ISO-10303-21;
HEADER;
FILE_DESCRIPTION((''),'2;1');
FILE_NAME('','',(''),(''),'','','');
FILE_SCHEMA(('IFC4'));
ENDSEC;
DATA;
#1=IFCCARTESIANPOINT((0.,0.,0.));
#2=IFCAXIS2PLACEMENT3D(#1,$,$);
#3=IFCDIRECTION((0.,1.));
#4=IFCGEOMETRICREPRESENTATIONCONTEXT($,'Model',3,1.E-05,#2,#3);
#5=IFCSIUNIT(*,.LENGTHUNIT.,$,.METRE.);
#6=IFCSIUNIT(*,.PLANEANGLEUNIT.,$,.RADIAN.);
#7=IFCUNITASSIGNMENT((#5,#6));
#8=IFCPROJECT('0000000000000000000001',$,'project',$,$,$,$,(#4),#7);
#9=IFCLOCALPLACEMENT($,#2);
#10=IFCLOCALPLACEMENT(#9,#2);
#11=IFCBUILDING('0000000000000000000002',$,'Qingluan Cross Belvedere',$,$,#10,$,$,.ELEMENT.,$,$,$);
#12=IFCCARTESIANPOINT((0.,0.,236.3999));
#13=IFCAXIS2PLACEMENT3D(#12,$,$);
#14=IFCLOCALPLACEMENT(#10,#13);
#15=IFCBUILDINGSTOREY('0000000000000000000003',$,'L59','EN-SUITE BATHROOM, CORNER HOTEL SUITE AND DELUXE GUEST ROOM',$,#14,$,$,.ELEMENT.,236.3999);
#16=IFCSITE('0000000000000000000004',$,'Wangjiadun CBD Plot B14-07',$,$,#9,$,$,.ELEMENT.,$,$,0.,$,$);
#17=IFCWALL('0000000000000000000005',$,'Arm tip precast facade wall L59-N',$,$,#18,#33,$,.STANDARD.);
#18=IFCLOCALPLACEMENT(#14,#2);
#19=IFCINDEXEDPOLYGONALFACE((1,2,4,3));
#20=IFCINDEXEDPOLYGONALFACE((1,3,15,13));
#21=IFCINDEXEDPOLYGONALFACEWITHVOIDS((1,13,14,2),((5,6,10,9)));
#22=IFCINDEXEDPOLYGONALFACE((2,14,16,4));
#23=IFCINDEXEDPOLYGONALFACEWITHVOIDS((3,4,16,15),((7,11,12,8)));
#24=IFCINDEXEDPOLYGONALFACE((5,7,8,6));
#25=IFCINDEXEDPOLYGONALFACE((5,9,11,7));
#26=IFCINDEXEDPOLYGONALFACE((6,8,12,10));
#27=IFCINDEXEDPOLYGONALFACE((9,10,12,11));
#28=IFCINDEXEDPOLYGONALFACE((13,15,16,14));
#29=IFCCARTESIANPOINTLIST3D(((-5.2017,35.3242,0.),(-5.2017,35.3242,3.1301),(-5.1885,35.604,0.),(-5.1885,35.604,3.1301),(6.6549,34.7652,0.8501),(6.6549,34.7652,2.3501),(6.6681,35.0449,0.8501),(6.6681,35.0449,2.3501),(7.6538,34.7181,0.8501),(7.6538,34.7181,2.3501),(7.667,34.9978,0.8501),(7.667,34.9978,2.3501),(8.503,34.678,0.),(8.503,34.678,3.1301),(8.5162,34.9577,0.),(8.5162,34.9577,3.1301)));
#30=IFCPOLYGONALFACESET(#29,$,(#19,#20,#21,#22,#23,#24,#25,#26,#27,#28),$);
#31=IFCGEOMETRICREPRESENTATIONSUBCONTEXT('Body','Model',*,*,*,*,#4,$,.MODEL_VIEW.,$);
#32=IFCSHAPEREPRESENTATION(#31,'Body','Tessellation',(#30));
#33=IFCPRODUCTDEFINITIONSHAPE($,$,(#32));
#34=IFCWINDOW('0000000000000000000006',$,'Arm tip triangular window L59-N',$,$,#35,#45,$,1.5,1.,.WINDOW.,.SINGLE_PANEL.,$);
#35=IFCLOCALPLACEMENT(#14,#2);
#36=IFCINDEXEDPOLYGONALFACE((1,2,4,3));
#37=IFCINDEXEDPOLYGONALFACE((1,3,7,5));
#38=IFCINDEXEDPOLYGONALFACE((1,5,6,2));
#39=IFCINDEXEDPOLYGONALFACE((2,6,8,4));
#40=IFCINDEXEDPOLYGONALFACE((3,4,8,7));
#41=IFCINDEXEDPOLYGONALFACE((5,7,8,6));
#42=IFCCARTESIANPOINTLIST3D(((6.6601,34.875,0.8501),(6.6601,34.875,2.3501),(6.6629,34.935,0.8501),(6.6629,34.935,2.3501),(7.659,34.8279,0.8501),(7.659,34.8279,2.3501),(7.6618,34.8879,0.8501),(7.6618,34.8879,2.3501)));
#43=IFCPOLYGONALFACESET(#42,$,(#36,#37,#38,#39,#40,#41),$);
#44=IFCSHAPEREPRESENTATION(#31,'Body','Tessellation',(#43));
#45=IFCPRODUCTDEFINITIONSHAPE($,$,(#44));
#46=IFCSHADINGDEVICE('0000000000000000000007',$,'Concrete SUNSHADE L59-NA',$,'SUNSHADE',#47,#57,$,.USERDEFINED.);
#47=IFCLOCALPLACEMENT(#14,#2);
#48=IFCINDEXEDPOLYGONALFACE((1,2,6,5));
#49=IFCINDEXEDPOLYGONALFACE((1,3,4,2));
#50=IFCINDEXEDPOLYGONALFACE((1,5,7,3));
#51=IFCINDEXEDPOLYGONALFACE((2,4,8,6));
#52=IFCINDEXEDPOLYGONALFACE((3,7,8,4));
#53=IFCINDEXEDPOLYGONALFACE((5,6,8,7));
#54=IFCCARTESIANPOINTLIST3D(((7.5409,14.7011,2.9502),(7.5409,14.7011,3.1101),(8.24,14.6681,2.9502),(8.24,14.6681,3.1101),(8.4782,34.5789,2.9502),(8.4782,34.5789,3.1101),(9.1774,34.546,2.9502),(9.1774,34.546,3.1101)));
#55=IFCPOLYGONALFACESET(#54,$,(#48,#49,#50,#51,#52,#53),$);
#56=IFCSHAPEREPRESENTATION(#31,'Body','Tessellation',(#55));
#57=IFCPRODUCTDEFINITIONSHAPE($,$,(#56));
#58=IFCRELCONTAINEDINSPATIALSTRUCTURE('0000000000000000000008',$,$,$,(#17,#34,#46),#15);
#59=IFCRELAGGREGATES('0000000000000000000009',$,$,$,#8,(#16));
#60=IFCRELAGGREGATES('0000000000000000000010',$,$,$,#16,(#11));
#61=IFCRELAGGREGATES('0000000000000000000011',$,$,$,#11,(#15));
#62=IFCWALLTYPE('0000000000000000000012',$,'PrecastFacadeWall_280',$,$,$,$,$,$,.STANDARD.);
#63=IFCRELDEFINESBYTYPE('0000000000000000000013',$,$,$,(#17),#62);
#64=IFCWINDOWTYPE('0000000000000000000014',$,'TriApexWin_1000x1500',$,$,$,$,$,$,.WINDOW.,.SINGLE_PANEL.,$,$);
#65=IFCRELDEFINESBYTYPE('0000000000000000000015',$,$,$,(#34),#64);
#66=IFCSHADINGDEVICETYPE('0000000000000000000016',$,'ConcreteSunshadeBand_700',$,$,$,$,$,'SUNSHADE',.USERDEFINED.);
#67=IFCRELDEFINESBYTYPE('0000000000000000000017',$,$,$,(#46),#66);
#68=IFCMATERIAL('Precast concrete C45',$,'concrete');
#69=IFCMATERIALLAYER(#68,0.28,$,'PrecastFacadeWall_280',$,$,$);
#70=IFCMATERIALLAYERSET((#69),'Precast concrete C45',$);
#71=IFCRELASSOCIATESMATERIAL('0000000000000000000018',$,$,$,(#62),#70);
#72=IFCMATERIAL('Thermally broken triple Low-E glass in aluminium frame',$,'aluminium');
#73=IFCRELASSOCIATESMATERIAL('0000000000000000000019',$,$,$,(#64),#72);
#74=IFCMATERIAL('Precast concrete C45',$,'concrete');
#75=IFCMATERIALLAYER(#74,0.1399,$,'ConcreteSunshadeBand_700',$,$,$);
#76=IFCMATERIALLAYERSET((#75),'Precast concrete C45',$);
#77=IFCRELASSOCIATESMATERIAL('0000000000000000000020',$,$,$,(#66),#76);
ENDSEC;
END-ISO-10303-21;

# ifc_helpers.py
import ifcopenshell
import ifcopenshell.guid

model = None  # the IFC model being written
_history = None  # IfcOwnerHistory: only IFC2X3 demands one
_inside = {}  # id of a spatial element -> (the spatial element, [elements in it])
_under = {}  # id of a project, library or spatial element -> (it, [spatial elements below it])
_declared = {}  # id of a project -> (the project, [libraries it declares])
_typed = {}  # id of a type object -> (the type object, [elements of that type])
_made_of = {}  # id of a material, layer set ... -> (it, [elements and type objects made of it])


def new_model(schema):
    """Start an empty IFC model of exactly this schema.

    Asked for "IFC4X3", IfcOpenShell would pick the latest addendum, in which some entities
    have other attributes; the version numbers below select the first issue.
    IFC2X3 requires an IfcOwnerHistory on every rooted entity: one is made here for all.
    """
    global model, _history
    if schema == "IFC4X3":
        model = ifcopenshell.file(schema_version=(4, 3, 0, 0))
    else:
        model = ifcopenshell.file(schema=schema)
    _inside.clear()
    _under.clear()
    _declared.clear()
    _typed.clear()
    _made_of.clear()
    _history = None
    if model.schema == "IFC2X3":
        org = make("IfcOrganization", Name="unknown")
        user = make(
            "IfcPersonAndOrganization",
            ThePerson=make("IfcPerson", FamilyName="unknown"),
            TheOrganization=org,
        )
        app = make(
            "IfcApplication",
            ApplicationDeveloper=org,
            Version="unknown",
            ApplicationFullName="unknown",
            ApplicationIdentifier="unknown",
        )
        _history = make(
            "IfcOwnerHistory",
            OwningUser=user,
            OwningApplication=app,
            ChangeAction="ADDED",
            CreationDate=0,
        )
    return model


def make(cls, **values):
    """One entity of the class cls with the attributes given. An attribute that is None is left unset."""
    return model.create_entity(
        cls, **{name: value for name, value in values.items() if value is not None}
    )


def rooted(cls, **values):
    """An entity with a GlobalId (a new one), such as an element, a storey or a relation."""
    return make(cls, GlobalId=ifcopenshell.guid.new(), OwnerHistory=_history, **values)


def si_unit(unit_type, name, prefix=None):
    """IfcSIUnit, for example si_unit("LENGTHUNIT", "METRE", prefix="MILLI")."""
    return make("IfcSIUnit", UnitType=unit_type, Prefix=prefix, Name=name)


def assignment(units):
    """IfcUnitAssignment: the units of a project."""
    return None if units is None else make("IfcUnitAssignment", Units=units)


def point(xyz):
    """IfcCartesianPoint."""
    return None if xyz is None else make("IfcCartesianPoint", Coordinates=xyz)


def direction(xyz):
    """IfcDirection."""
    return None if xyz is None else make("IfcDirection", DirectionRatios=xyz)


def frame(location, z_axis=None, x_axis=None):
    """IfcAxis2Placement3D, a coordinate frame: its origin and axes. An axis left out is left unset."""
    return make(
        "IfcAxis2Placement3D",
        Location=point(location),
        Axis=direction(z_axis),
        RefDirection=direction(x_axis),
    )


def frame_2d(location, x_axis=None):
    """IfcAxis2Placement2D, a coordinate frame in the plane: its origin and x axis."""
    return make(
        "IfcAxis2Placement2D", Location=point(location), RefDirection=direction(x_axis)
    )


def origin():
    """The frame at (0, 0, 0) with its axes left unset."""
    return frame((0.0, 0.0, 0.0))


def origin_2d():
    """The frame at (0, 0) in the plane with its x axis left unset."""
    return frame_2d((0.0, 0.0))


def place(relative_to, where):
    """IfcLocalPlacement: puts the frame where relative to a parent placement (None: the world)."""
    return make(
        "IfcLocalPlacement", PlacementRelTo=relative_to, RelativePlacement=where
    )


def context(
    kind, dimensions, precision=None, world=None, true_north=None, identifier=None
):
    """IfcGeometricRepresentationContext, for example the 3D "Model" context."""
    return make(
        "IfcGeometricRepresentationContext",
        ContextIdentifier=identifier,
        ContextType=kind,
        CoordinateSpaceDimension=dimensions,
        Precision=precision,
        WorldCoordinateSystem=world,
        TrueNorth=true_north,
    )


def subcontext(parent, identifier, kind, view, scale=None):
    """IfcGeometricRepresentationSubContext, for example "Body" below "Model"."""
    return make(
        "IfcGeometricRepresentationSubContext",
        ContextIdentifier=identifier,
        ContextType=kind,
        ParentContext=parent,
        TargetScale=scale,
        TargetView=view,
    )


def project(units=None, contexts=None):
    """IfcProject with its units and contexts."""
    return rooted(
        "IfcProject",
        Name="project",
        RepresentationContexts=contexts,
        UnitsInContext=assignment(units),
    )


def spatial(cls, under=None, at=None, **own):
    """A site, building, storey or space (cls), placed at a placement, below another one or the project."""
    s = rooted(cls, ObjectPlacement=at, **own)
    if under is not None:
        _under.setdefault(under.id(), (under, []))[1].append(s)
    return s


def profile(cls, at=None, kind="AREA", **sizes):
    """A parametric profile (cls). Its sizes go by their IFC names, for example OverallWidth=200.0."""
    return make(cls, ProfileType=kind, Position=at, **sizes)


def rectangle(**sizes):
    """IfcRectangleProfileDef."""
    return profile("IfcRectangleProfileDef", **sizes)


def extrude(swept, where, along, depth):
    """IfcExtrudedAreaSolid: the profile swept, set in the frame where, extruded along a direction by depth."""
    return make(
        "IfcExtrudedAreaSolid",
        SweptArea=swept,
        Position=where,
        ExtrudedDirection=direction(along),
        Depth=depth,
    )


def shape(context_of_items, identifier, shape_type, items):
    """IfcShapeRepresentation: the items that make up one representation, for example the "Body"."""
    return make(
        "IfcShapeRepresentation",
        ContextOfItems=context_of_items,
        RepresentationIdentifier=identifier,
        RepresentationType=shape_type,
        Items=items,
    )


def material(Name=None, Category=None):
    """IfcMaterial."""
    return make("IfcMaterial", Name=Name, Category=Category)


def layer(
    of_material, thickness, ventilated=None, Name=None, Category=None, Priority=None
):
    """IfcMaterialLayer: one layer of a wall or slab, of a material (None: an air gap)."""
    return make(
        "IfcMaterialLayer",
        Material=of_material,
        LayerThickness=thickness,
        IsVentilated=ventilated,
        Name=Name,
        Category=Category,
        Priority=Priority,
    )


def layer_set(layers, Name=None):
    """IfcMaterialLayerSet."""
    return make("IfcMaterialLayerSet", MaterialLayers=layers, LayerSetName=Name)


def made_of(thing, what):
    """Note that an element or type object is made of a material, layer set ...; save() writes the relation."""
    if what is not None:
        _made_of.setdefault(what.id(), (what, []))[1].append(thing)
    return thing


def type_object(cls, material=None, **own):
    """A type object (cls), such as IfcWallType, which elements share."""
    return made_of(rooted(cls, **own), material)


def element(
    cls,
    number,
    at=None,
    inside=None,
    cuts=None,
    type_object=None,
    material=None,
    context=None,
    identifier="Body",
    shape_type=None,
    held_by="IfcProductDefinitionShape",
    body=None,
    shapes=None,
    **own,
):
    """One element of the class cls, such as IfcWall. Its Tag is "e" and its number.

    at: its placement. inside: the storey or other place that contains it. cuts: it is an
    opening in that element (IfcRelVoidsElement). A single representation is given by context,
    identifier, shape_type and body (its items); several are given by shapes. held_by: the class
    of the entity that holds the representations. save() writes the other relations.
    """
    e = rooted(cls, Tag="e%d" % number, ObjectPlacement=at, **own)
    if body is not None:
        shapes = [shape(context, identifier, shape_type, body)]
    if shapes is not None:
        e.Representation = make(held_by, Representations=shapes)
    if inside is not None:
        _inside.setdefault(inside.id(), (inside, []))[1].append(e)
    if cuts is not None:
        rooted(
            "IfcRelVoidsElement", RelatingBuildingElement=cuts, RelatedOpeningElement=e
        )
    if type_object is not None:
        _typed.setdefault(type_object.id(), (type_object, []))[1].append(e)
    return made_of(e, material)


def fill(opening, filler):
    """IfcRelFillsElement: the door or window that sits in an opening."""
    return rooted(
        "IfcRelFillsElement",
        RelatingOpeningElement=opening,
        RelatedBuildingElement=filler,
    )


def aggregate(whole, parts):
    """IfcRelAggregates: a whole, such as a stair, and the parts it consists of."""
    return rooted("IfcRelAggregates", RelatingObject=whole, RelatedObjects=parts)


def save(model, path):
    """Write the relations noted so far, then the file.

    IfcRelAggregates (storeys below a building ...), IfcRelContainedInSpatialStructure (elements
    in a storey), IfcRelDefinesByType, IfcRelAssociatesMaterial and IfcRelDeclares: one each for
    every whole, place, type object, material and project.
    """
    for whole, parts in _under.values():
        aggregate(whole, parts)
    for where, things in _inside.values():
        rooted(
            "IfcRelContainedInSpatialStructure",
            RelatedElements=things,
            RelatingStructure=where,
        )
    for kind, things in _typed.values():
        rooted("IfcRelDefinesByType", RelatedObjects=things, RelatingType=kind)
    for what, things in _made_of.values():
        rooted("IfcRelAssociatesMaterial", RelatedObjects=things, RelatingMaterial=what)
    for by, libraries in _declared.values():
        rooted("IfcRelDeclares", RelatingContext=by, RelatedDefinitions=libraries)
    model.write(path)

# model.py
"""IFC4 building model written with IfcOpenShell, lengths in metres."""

from ifc_helpers import new_model, si_unit, direction, frame, frame_2d, origin, origin_2d, place, context, subcontext, project, spatial, rectangle, extrude, material, layer, layer_set, type_object, element, fill, save


model = new_model("IFC4")

# Units and contexts
model_context = context("Model", 3, precision=1e-05, world=origin(), true_north=direction((0.0, 1.0)))
body_context = subcontext(model_context, "Body", "Model", "MODEL_VIEW")
ifc_project = project(units=[si_unit("LENGTHUNIT", "METRE"), si_unit("PLANEANGLEUNIT", "RADIAN")], contexts=[model_context])

# Site, building, storey
site_placement = place(None, origin())
site = spatial("IfcSite", under=ifc_project, at=site_placement, Name="Wangjiadun CBD Plot B14-07", CompositionType="ELEMENT", RefElevation=0.0)
building_placement = place(site_placement, origin())
building = spatial("IfcBuilding", under=site, at=building_placement, Name="Qingluan Cross Belvedere", CompositionType="ELEMENT")
storey_placement = place(building_placement, frame((0.0, 0.0, 236.3999)))
storey = spatial("IfcBuildingStorey", under=building, at=storey_placement, Name="L59", Description="EN-SUITE BATHROOM, CORNER HOTEL SUITE AND DELUXE GUEST ROOM", CompositionType="ELEMENT", Elevation=236.3999)

# Wall, opening, window
ifc_material_1 = material(Name="Precast concrete C45", Category="concrete")
ifc_layer_1 = layer(ifc_material_1, 0.28, Name="PrecastFacadeWall_280")
ifc_layer_set_1 = layer_set([ifc_layer_1], Name="Precast concrete C45")
wall_type_1 = type_object("IfcWallType", Name="PrecastFacadeWall_280", PredefinedType="STANDARD", material=ifc_layer_set_1)
wall_1_placement = place(storey_placement, frame((8.5095, 34.8179, 0.0), z_axis=(0.0, 0.0, 1.0), x_axis=(-0.99889, 0.047102, 0.0)))
wall_1 = element("IfcWall", 1, at=wall_1_placement, inside=storey, type_object=wall_type_1, Name="Arm tip precast facade wall L59-N", PredefinedType="STANDARD", context=body_context, shape_type="SweptSolid", body=[
    extrude(rectangle(XDim=13.72, YDim=0.28, at=frame_2d((6.8599, 0.0))), origin(), (0.0, 0.0, 1.0), 3.1301),
])
opening_1_placement = place(wall_1_placement, frame((0.8501, 0.0, 0.8501)))
opening_1 = element("IfcOpeningElement", 2, at=opening_1_placement, cuts=wall_1, PredefinedType="OPENING", context=body_context, shape_type="SweptSolid", body=[
    extrude(rectangle(XDim=1.0, YDim=1.5, at=frame_2d((0.5, 0.75))), frame((0.0, 0.1499, 0.0), z_axis=(0.0, -1.0, 0.0), x_axis=(1.0, 0.0, 0.0)), (0.0, 0.0, 1.0), 0.3),
])
ifc_material_2 = material(Name="Thermally broken triple Low-E glass in aluminium frame", Category="aluminium")
window_type = type_object("IfcWindowType", Name="TriApexWin_1000x1500", PartitioningType="SINGLE_PANEL", PredefinedType="WINDOW", material=ifc_material_2)
window_placement = place(opening_1_placement, origin())
window = element("IfcWindow", 3, at=window_placement, inside=storey, type_object=window_type, Name="Arm tip triangular window L59-N", OverallHeight=1.5, OverallWidth=1.0, PartitioningType="SINGLE_PANEL", PredefinedType="WINDOW", context=body_context, shape_type="SweptSolid", body=[
    extrude(rectangle(XDim=1.0, YDim=1.5, at=frame_2d((0.5, 0.75))), frame((0.0, 0.03, 0.0), z_axis=(0.0, -1.0, 0.0), x_axis=(1.0, 0.0, 0.0)), (0.0, 0.0, 1.0), 0.0601),
])
fill(opening_1, window)

# Shading device
ifc_material_3 = material(Name="Precast concrete C45", Category="concrete")
ifc_layer_2 = layer(ifc_material_3, 0.1399, Name="ConcreteSunshadeBand_700")
ifc_layer_set_2 = layer_set([ifc_layer_2], Name="Precast concrete C45")
shading_device_type = type_object("IfcShadingDeviceType", Name="ConcreteSunshadeBand_700", ElementType="SUNSHADE", PredefinedType="USERDEFINED", material=ifc_layer_set_2)
shading_device_placement = place(storey_placement, frame((8.3591, 24.6235, 2.9502), z_axis=(0.0, 0.0, 1.0), x_axis=(0.047105, 0.99889, 0.0)))
element("IfcShadingDevice", 4, at=shading_device_placement, inside=storey, type_object=shading_device_type, Name="Concrete SUNSHADE L59-NA", ObjectType="SUNSHADE", PredefinedType="USERDEFINED", context=body_context, shape_type="SweptSolid", body=[
    extrude(rectangle(XDim=19.8999, YDim=0.7, at=origin_2d()), origin(), (0.0, 0.0, 1.0), 0.1599),
])

save(model, "model.ifc")
